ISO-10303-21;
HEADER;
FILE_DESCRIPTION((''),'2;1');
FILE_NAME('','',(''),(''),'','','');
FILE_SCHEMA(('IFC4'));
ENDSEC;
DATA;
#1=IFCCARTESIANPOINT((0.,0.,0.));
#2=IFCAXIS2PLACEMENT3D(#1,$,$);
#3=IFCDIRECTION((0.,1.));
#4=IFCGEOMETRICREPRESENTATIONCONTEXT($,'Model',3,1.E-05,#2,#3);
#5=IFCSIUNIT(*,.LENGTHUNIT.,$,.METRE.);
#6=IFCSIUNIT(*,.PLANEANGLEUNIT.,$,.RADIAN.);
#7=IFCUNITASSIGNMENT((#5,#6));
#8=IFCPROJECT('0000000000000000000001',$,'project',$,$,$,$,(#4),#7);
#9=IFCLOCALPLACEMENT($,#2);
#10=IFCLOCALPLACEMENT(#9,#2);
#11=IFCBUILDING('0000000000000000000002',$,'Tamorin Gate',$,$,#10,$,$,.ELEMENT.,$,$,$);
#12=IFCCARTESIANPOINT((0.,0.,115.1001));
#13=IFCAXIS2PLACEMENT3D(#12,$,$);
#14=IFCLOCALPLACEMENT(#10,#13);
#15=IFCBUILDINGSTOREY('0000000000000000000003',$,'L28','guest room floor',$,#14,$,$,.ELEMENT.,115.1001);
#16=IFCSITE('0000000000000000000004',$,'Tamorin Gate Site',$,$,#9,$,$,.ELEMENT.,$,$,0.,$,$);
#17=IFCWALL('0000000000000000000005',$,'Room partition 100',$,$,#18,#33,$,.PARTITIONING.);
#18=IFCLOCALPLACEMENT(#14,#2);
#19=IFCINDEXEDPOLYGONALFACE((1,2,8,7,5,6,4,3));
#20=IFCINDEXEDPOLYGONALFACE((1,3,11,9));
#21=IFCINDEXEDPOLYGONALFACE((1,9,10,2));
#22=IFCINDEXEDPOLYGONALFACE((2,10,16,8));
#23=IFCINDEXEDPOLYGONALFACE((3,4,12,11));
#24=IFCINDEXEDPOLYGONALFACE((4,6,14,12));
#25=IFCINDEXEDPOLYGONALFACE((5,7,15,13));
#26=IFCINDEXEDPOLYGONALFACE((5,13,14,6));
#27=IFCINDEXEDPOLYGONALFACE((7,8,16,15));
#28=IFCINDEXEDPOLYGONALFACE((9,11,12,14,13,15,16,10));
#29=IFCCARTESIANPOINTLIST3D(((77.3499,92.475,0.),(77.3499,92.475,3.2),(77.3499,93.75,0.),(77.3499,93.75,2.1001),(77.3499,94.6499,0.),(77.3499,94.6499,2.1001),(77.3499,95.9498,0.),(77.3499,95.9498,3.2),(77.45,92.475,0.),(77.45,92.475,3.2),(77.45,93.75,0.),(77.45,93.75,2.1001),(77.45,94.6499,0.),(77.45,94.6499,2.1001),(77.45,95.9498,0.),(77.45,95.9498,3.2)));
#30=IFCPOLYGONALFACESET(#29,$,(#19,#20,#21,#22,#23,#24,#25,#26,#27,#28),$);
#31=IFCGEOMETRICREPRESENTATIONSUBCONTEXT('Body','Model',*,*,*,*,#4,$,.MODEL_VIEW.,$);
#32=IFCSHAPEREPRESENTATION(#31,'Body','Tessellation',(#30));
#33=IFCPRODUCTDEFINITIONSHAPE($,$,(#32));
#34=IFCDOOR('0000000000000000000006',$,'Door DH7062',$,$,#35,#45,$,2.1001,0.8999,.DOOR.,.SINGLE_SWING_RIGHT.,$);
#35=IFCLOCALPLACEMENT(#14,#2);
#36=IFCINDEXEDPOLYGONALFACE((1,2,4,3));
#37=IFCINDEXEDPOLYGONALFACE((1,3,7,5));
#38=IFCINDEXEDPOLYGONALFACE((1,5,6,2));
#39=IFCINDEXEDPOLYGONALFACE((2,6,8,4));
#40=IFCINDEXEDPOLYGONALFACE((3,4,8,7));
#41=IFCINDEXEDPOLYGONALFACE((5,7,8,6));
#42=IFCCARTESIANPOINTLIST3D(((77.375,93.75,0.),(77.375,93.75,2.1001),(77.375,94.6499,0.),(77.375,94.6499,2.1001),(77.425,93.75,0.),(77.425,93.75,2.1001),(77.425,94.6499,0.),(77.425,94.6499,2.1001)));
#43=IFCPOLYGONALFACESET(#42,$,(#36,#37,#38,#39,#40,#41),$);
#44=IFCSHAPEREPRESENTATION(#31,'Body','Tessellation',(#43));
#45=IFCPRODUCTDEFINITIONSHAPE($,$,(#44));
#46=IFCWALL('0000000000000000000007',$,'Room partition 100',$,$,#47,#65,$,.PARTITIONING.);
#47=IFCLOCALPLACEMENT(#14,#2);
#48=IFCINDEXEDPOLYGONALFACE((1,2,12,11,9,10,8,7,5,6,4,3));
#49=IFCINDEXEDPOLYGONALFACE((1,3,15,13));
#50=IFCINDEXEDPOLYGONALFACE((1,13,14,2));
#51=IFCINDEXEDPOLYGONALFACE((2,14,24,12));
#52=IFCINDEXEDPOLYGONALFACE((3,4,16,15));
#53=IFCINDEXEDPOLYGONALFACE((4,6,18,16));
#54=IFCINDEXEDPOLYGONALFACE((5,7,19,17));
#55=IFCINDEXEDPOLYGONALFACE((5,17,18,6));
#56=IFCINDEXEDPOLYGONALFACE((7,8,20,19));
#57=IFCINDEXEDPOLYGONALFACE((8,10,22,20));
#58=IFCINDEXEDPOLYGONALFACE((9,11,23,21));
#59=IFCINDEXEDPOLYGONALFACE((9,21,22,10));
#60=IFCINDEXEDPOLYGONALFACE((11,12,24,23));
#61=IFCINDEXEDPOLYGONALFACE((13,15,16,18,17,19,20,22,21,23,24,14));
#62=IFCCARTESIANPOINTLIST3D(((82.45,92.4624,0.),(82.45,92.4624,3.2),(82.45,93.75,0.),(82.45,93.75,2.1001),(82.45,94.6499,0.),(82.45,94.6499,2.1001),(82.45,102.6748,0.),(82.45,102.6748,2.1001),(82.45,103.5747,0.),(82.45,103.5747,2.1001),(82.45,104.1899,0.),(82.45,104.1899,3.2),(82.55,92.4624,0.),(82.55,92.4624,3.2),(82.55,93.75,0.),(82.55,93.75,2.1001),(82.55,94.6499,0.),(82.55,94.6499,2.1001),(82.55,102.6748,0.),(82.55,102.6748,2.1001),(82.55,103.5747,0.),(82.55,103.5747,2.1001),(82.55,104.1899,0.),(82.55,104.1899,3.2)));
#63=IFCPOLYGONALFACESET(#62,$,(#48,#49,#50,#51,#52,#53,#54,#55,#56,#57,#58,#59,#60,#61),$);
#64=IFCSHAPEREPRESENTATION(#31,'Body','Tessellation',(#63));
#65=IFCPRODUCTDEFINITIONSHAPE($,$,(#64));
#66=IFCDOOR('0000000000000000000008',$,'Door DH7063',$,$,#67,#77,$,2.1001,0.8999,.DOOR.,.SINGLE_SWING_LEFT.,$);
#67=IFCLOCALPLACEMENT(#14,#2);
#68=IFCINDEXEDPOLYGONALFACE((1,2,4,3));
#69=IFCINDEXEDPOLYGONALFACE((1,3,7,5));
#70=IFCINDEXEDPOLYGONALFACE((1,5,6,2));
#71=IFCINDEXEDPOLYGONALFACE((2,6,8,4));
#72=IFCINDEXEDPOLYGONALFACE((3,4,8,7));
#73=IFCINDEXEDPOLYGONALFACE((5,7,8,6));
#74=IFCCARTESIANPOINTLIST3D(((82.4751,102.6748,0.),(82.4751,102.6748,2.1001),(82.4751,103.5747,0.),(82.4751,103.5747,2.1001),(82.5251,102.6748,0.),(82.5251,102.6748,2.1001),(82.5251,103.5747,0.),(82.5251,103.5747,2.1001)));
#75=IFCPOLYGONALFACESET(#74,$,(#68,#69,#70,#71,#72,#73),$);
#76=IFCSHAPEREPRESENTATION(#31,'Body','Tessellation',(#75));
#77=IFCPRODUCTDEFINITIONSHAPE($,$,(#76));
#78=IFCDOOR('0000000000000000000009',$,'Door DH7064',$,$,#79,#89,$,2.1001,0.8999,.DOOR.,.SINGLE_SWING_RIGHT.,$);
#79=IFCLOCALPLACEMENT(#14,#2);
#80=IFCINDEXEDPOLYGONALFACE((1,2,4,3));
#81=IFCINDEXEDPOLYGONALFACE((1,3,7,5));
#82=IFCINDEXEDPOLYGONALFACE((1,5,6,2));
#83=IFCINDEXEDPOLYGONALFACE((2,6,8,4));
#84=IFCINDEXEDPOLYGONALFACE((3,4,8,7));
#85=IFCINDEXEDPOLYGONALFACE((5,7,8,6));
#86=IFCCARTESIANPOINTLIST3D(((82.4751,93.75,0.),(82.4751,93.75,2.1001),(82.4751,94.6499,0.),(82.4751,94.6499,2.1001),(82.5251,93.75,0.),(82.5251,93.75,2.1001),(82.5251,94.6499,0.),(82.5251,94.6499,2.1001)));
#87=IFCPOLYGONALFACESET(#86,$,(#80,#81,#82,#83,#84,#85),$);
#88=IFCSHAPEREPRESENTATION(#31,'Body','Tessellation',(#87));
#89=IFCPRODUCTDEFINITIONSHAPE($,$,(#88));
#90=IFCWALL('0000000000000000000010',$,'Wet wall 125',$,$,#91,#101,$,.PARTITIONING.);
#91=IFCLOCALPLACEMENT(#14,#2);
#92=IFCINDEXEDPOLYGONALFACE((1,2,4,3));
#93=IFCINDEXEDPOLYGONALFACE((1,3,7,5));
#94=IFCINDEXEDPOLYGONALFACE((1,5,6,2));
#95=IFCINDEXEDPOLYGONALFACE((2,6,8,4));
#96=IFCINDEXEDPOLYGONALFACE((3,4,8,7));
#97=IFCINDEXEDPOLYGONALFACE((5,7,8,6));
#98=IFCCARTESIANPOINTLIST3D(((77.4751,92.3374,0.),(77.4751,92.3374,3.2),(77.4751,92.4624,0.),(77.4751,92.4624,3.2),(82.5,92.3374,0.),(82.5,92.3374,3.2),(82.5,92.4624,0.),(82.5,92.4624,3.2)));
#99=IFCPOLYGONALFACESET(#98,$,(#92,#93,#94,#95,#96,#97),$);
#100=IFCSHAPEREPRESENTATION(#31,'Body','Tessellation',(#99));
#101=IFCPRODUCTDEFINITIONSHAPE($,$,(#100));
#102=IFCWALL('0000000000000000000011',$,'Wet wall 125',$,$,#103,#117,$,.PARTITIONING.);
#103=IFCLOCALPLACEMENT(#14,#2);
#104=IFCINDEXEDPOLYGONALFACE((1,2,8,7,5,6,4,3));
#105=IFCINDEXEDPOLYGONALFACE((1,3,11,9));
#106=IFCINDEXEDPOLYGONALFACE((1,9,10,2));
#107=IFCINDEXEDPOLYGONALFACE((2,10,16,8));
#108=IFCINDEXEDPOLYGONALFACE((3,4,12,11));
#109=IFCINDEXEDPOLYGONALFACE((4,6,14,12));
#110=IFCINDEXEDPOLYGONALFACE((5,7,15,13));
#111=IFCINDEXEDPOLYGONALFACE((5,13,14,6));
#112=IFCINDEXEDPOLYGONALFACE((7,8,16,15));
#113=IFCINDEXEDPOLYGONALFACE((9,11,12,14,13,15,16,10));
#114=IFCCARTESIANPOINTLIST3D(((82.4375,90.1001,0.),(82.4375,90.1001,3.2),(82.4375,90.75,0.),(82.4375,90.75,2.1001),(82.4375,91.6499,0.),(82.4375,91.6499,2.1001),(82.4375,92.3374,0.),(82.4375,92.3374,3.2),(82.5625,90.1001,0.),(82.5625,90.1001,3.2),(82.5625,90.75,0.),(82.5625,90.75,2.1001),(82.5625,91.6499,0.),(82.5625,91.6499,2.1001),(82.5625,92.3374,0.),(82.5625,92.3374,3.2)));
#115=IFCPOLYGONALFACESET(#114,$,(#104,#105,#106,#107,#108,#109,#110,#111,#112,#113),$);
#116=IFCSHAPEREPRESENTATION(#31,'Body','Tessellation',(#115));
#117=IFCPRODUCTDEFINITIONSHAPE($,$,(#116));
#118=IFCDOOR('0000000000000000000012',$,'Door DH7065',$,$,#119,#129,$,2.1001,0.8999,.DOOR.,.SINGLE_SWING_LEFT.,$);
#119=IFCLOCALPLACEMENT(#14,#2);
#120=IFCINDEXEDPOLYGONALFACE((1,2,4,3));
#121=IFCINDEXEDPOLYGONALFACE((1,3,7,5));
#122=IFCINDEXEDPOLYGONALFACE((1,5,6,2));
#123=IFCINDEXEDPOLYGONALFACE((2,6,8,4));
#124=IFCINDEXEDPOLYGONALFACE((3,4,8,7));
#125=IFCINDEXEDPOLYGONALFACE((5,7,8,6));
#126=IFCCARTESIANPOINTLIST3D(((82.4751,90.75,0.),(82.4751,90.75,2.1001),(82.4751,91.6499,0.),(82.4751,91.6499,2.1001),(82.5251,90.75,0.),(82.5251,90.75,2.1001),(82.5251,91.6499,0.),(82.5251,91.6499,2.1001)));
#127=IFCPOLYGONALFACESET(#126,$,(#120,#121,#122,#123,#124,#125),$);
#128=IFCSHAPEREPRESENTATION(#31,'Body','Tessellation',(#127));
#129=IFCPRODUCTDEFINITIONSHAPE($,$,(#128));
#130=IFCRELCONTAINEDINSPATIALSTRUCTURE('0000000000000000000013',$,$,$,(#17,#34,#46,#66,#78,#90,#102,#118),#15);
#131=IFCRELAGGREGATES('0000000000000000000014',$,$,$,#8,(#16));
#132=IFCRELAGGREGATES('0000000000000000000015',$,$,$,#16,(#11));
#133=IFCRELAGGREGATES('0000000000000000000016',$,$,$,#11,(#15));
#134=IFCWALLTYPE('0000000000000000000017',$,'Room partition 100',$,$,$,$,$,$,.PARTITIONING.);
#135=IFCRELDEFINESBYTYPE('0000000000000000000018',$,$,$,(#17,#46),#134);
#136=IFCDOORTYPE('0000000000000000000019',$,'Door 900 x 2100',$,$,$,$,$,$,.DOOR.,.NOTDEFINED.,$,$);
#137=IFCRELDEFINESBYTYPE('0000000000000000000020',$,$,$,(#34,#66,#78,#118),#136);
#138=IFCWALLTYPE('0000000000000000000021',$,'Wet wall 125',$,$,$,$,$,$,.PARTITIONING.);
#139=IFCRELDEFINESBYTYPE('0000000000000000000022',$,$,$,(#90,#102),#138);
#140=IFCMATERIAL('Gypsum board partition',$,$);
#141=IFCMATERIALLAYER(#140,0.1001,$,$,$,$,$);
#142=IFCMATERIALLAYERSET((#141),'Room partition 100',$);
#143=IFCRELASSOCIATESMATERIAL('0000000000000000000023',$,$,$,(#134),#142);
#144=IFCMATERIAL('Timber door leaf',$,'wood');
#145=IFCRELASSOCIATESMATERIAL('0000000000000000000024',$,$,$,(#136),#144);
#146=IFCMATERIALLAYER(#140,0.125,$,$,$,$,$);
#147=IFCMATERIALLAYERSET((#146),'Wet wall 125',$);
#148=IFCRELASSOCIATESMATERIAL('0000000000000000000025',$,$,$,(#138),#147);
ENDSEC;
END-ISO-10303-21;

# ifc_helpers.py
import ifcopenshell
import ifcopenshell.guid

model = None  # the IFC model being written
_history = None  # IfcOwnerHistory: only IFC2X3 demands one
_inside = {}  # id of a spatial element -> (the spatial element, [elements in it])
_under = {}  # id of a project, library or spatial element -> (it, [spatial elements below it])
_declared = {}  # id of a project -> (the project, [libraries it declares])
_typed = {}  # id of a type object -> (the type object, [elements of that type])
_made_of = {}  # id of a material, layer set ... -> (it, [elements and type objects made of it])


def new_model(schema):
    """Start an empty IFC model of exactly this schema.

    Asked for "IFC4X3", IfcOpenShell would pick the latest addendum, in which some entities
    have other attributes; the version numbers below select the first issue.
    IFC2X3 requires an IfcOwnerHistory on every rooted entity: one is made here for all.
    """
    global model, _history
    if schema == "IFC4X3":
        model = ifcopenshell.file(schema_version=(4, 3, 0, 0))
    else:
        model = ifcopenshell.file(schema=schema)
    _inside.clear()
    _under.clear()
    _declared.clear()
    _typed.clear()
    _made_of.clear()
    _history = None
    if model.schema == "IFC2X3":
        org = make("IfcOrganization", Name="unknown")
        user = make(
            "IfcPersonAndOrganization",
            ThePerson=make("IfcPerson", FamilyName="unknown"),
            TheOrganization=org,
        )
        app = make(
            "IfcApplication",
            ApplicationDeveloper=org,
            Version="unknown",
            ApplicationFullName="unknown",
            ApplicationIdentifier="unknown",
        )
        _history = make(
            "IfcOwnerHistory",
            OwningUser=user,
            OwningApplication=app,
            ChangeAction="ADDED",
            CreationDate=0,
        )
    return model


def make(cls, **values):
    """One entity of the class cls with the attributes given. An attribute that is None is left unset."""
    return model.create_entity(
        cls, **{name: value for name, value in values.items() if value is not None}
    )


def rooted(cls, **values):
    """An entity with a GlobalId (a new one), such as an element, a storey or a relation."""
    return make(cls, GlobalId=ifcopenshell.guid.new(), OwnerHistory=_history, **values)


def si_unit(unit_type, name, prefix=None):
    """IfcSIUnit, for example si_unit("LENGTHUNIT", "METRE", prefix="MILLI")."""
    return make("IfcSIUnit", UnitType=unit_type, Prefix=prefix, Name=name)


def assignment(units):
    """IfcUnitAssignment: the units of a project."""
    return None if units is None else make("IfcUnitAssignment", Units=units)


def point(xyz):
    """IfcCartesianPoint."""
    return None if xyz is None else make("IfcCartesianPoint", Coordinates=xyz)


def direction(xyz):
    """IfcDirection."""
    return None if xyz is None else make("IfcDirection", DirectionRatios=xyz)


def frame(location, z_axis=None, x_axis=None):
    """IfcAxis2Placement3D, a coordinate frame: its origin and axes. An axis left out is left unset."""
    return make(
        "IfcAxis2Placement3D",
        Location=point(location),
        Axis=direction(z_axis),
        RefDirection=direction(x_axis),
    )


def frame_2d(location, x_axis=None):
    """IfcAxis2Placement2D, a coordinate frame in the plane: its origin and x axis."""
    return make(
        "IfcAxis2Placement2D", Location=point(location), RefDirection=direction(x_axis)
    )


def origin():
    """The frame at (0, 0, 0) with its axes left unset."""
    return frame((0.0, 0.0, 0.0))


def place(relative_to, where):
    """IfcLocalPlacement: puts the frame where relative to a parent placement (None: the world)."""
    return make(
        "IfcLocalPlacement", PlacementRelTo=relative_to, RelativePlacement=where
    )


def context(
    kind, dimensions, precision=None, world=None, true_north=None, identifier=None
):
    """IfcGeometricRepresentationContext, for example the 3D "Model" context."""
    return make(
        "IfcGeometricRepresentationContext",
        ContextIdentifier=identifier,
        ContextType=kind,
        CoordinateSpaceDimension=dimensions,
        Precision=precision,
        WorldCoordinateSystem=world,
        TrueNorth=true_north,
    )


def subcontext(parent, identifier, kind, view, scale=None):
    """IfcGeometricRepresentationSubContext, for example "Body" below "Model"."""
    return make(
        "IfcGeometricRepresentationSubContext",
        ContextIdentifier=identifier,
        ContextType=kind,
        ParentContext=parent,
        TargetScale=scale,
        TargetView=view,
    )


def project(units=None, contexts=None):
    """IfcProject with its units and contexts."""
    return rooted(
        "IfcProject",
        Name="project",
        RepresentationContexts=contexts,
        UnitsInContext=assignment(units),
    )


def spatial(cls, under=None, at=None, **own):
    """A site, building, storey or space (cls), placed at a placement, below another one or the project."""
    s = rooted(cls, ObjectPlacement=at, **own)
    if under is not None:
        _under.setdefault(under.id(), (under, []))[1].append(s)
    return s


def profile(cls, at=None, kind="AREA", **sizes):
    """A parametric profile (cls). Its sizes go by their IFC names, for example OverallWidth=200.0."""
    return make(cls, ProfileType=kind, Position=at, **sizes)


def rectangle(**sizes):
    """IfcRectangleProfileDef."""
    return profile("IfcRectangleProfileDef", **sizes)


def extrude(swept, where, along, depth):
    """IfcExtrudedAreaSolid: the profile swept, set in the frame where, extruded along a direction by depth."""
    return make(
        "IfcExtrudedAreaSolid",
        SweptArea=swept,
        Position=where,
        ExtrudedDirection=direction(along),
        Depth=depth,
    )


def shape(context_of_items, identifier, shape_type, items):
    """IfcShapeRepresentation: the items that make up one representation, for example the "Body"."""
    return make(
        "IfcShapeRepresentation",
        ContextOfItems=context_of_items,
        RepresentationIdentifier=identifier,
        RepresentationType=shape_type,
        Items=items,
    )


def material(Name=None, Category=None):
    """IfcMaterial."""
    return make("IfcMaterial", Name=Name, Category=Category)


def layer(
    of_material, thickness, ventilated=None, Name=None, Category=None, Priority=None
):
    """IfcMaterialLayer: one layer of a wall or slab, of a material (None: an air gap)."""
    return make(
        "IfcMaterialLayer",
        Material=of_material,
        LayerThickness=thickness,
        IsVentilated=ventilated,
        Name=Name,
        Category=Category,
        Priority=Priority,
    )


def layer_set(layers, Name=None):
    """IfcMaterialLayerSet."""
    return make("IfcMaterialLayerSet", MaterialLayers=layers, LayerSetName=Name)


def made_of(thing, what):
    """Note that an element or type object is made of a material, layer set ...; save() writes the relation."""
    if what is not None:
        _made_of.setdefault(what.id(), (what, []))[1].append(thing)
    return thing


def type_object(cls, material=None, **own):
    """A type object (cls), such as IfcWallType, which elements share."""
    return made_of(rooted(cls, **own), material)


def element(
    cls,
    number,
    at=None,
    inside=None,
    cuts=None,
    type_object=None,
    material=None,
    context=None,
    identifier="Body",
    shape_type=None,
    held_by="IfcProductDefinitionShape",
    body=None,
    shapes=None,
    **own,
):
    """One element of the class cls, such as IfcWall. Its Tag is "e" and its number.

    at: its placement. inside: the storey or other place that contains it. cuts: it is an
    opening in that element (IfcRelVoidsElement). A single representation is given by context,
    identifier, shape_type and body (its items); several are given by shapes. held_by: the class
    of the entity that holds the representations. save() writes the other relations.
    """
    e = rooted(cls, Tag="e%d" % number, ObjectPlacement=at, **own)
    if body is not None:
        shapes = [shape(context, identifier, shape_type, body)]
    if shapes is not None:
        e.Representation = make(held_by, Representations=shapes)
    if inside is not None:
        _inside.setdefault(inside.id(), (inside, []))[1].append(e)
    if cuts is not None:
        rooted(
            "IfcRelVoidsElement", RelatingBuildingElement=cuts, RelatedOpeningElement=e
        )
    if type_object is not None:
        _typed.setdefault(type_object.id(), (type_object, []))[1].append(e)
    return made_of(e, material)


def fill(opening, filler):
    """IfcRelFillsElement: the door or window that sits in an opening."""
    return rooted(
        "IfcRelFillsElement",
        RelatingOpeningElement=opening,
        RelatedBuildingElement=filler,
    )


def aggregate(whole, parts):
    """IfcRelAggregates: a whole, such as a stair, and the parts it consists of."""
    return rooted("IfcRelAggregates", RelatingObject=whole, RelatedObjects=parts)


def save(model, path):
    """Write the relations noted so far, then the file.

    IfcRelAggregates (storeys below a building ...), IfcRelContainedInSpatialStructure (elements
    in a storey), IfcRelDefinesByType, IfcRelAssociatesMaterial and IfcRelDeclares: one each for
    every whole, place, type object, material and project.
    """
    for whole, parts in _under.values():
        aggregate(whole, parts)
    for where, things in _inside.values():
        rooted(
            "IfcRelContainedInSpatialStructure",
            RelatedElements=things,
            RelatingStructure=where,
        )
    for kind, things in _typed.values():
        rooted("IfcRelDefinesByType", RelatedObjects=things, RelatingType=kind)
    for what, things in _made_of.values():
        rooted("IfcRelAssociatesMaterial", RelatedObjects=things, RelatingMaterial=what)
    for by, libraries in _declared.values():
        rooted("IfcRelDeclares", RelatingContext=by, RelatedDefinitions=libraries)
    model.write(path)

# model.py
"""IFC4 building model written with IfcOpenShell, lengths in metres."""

from ifc_helpers import new_model, si_unit, direction, frame, frame_2d, origin, place, context, subcontext, project, spatial, rectangle, extrude, material, layer, layer_set, type_object, element, fill, save


model = new_model("IFC4")

# Units and contexts
model_context = context("Model", 3, precision=1e-05, world=origin(), true_north=direction((0.0, 1.0)))
body_context = subcontext(model_context, "Body", "Model", "MODEL_VIEW")
ifc_project = project(units=[si_unit("LENGTHUNIT", "METRE"), si_unit("PLANEANGLEUNIT", "RADIAN")], contexts=[model_context])

# Site, building, storey
site_placement = place(None, origin())
site = spatial("IfcSite", under=ifc_project, at=site_placement, Name="Tamorin Gate Site", CompositionType="ELEMENT", RefElevation=0.0)
building_placement = place(site_placement, origin())
building = spatial("IfcBuilding", under=site, at=building_placement, Name="Tamorin Gate", CompositionType="ELEMENT")
storey_placement = place(building_placement, frame((0.0, 0.0, 115.1001)))
storey = spatial("IfcBuildingStorey", under=building, at=storey_placement, Name="L28", Description="guest room floor", CompositionType="ELEMENT", Elevation=115.1001)

# Shared definitions
ifc_material_1 = material(Name="Gypsum board partition")

# Wall, opening, door
ifc_layer_1 = layer(ifc_material_1, 0.1001)
ifc_layer_set_1 = layer_set([ifc_layer_1], Name="Room partition 100")
wall_type_1 = type_object("IfcWallType", Name="Room partition 100", PredefinedType="PARTITIONING", material=ifc_layer_set_1)
ifc_material_2 = material(Name="Timber door leaf", Category="wood")
door_type = type_object("IfcDoorType", Name="Door 900 x 2100", OperationType="NOTDEFINED", PredefinedType="DOOR", material=ifc_material_2)
wall_1_placement = place(storey_placement, frame((77.3999, 92.4751, 0.0), z_axis=(0.0, 0.0, 1.0), x_axis=(0.0, 1.0, 0.0)))
wall_1 = element("IfcWall", 1, at=wall_1_placement, inside=storey, type_object=wall_type_1, Name="Room partition 100", PredefinedType="PARTITIONING", context=body_context, shape_type="SweptSolid", body=[
    extrude(rectangle(XDim=3.4749, YDim=0.1001, at=frame_2d((1.7373, 0.0))), origin(), (0.0, 0.0, 1.0), 3.2),
])
opening_1_placement = place(wall_1_placement, frame((1.2749, 0.0, 0.0)))
opening_1 = element("IfcOpeningElement", 2, at=opening_1_placement, cuts=wall_1, PredefinedType="OPENING", context=body_context, shape_type="SweptSolid", body=[
    extrude(rectangle(XDim=0.8999, YDim=2.1001, at=frame_2d((0.45, 1.05))), frame((0.0, 0.0601, 0.0), z_axis=(0.0, -1.0, 0.0), x_axis=(1.0, 0.0, 0.0)), (0.0, 0.0, 1.0), 0.1201),
])
door_1_placement = place(opening_1_placement, origin())
door_1 = element("IfcDoor", 3, at=door_1_placement, inside=storey, type_object=door_type, Name="Door DH7062", OperationType="SINGLE_SWING_RIGHT", OverallHeight=2.1001, OverallWidth=0.8999, PredefinedType="DOOR", context=body_context, shape_type="SweptSolid", body=[
    extrude(rectangle(XDim=0.8999, YDim=2.1001, at=frame_2d((0.45, 1.05))), frame((0.0, 0.0249, 0.0), z_axis=(0.0, -1.0, 0.0), x_axis=(1.0, 0.0, 0.0)), (0.0, 0.0, 1.0), 0.05),
])
fill(opening_1, door_1)

# Wall, openings, doors
wall_2_placement = place(storey_placement, frame((82.5, 92.4624, 0.0), z_axis=(0.0, 0.0, 1.0), x_axis=(0.0, 1.0, 0.0)))
wall_2 = element("IfcWall", 4, at=wall_2_placement, inside=storey, type_object=wall_type_1, Name="Room partition 100", PredefinedType="PARTITIONING", context=body_context, shape_type="SweptSolid", body=[
    extrude(rectangle(XDim=11.7275, YDim=0.1001, at=frame_2d((5.8638, 0.0))), origin(), (0.0, 0.0, 1.0), 3.2),
])
opening_2_placement = place(wall_2_placement, frame((10.2124, 0.0, 0.0)))
opening_2 = element("IfcOpeningElement", 5, at=opening_2_placement, cuts=wall_2, PredefinedType="OPENING", context=body_context, shape_type="SweptSolid", body=[
    extrude(rectangle(XDim=0.8999, YDim=2.1001, at=frame_2d((0.45, 1.05))), frame((0.0, 0.0601, 0.0), z_axis=(0.0, -1.0, 0.0), x_axis=(1.0, 0.0, 0.0)), (0.0, 0.0, 1.0), 0.1201),
])
opening_3_placement = place(wall_2_placement, frame((1.2876, 0.0, 0.0)))
opening_3 = element("IfcOpeningElement", 6, at=opening_3_placement, cuts=wall_2, PredefinedType="OPENING", context=body_context, shape_type="SweptSolid", body=[
    extrude(rectangle(XDim=0.8999, YDim=2.1001, at=frame_2d((0.45, 1.05))), frame((0.0, 0.0601, 0.0), z_axis=(0.0, -1.0, 0.0), x_axis=(1.0, 0.0, 0.0)), (0.0, 0.0, 1.0), 0.1201),
])
door_2_placement = place(opening_2_placement, origin())
door_2 = element("IfcDoor", 7, at=door_2_placement, inside=storey, type_object=door_type, Name="Door DH7063", OperationType="SINGLE_SWING_LEFT", OverallHeight=2.1001, OverallWidth=0.8999, PredefinedType="DOOR", context=body_context, shape_type="SweptSolid", body=[
    extrude(rectangle(XDim=0.8999, YDim=2.1001, at=frame_2d((0.45, 1.05))), frame((0.0, 0.0249, 0.0), z_axis=(0.0, -1.0, 0.0), x_axis=(1.0, 0.0, 0.0)), (0.0, 0.0, 1.0), 0.05),
])
fill(opening_2, door_2)
door_3_placement = place(opening_3_placement, origin())
door_3 = element("IfcDoor", 8, at=door_3_placement, inside=storey, type_object=door_type, Name="Door DH7064", OperationType="SINGLE_SWING_RIGHT", OverallHeight=2.1001, OverallWidth=0.8999, PredefinedType="DOOR", context=body_context, shape_type="SweptSolid", body=[
    extrude(rectangle(XDim=0.8999, YDim=2.1001, at=frame_2d((0.45, 1.05))), frame((0.0, 0.0249, 0.0), z_axis=(0.0, -1.0, 0.0), x_axis=(1.0, 0.0, 0.0)), (0.0, 0.0, 1.0), 0.05),
])
fill(opening_3, door_3)

# Wall
ifc_layer_2 = layer(ifc_material_1, 0.125)
ifc_layer_set_2 = layer_set([ifc_layer_2], Name="Wet wall 125")
wall_type_2 = type_object("IfcWallType", Name="Wet wall 125", PredefinedType="PARTITIONING", material=ifc_layer_set_2)
wall_3_placement = place(storey_placement, frame((77.4751, 92.3999, 0.0), z_axis=(0.0, 0.0, 1.0), x_axis=(1.0, 0.0, 0.0)))
element("IfcWall", 9, at=wall_3_placement, inside=storey, type_object=wall_type_2, Name="Wet wall 125", PredefinedType="PARTITIONING", context=body_context, shape_type="SweptSolid", body=[
    extrude(rectangle(XDim=5.0249, YDim=0.125, at=frame_2d((2.5125, 0.0))), origin(), (0.0, 0.0, 1.0), 3.2),
])

# Wall, opening, door
wall_4_placement = place(storey_placement, frame((82.5, 90.1001, 0.0), z_axis=(0.0, 0.0, 1.0), x_axis=(0.0, 1.0, 0.0)))
wall_4 = element("IfcWall", 10, at=wall_4_placement, inside=storey, type_object=wall_type_2, Name="Wet wall 125", PredefinedType="PARTITIONING", context=body_context, shape_type="SweptSolid", body=[
    extrude(rectangle(XDim=2.2373, YDim=0.125, at=frame_2d((1.1187, 0.0))), origin(), (0.0, 0.0, 1.0), 3.2),
])
opening_4_placement = place(wall_4_placement, frame((0.6499, 0.0, 0.0)))
opening_4 = element("IfcOpeningElement", 11, at=opening_4_placement, cuts=wall_4, PredefinedType="OPENING", context=body_context, shape_type="SweptSolid", body=[
    extrude(rectangle(XDim=0.8999, YDim=2.1001, at=frame_2d((0.45, 1.05))), frame((0.0, 0.0725, 0.0), z_axis=(0.0, -1.0, 0.0), x_axis=(1.0, 0.0, 0.0)), (0.0, 0.0, 1.0), 0.145),
])
door_4_placement = place(opening_4_placement, origin())
door_4 = element("IfcDoor", 12, at=door_4_placement, inside=storey, type_object=door_type, Name="Door DH7065", OperationType="SINGLE_SWING_LEFT", OverallHeight=2.1001, OverallWidth=0.8999, PredefinedType="DOOR", context=body_context, shape_type="SweptSolid", body=[
    extrude(rectangle(XDim=0.8999, YDim=2.1001, at=frame_2d((0.45, 1.05))), frame((0.0, 0.0249, 0.0), z_axis=(0.0, -1.0, 0.0), x_axis=(1.0, 0.0, 0.0)), (0.0, 0.0, 1.0), 0.05),
])
fill(opening_4, door_4)

save(model, "model.ifc")
